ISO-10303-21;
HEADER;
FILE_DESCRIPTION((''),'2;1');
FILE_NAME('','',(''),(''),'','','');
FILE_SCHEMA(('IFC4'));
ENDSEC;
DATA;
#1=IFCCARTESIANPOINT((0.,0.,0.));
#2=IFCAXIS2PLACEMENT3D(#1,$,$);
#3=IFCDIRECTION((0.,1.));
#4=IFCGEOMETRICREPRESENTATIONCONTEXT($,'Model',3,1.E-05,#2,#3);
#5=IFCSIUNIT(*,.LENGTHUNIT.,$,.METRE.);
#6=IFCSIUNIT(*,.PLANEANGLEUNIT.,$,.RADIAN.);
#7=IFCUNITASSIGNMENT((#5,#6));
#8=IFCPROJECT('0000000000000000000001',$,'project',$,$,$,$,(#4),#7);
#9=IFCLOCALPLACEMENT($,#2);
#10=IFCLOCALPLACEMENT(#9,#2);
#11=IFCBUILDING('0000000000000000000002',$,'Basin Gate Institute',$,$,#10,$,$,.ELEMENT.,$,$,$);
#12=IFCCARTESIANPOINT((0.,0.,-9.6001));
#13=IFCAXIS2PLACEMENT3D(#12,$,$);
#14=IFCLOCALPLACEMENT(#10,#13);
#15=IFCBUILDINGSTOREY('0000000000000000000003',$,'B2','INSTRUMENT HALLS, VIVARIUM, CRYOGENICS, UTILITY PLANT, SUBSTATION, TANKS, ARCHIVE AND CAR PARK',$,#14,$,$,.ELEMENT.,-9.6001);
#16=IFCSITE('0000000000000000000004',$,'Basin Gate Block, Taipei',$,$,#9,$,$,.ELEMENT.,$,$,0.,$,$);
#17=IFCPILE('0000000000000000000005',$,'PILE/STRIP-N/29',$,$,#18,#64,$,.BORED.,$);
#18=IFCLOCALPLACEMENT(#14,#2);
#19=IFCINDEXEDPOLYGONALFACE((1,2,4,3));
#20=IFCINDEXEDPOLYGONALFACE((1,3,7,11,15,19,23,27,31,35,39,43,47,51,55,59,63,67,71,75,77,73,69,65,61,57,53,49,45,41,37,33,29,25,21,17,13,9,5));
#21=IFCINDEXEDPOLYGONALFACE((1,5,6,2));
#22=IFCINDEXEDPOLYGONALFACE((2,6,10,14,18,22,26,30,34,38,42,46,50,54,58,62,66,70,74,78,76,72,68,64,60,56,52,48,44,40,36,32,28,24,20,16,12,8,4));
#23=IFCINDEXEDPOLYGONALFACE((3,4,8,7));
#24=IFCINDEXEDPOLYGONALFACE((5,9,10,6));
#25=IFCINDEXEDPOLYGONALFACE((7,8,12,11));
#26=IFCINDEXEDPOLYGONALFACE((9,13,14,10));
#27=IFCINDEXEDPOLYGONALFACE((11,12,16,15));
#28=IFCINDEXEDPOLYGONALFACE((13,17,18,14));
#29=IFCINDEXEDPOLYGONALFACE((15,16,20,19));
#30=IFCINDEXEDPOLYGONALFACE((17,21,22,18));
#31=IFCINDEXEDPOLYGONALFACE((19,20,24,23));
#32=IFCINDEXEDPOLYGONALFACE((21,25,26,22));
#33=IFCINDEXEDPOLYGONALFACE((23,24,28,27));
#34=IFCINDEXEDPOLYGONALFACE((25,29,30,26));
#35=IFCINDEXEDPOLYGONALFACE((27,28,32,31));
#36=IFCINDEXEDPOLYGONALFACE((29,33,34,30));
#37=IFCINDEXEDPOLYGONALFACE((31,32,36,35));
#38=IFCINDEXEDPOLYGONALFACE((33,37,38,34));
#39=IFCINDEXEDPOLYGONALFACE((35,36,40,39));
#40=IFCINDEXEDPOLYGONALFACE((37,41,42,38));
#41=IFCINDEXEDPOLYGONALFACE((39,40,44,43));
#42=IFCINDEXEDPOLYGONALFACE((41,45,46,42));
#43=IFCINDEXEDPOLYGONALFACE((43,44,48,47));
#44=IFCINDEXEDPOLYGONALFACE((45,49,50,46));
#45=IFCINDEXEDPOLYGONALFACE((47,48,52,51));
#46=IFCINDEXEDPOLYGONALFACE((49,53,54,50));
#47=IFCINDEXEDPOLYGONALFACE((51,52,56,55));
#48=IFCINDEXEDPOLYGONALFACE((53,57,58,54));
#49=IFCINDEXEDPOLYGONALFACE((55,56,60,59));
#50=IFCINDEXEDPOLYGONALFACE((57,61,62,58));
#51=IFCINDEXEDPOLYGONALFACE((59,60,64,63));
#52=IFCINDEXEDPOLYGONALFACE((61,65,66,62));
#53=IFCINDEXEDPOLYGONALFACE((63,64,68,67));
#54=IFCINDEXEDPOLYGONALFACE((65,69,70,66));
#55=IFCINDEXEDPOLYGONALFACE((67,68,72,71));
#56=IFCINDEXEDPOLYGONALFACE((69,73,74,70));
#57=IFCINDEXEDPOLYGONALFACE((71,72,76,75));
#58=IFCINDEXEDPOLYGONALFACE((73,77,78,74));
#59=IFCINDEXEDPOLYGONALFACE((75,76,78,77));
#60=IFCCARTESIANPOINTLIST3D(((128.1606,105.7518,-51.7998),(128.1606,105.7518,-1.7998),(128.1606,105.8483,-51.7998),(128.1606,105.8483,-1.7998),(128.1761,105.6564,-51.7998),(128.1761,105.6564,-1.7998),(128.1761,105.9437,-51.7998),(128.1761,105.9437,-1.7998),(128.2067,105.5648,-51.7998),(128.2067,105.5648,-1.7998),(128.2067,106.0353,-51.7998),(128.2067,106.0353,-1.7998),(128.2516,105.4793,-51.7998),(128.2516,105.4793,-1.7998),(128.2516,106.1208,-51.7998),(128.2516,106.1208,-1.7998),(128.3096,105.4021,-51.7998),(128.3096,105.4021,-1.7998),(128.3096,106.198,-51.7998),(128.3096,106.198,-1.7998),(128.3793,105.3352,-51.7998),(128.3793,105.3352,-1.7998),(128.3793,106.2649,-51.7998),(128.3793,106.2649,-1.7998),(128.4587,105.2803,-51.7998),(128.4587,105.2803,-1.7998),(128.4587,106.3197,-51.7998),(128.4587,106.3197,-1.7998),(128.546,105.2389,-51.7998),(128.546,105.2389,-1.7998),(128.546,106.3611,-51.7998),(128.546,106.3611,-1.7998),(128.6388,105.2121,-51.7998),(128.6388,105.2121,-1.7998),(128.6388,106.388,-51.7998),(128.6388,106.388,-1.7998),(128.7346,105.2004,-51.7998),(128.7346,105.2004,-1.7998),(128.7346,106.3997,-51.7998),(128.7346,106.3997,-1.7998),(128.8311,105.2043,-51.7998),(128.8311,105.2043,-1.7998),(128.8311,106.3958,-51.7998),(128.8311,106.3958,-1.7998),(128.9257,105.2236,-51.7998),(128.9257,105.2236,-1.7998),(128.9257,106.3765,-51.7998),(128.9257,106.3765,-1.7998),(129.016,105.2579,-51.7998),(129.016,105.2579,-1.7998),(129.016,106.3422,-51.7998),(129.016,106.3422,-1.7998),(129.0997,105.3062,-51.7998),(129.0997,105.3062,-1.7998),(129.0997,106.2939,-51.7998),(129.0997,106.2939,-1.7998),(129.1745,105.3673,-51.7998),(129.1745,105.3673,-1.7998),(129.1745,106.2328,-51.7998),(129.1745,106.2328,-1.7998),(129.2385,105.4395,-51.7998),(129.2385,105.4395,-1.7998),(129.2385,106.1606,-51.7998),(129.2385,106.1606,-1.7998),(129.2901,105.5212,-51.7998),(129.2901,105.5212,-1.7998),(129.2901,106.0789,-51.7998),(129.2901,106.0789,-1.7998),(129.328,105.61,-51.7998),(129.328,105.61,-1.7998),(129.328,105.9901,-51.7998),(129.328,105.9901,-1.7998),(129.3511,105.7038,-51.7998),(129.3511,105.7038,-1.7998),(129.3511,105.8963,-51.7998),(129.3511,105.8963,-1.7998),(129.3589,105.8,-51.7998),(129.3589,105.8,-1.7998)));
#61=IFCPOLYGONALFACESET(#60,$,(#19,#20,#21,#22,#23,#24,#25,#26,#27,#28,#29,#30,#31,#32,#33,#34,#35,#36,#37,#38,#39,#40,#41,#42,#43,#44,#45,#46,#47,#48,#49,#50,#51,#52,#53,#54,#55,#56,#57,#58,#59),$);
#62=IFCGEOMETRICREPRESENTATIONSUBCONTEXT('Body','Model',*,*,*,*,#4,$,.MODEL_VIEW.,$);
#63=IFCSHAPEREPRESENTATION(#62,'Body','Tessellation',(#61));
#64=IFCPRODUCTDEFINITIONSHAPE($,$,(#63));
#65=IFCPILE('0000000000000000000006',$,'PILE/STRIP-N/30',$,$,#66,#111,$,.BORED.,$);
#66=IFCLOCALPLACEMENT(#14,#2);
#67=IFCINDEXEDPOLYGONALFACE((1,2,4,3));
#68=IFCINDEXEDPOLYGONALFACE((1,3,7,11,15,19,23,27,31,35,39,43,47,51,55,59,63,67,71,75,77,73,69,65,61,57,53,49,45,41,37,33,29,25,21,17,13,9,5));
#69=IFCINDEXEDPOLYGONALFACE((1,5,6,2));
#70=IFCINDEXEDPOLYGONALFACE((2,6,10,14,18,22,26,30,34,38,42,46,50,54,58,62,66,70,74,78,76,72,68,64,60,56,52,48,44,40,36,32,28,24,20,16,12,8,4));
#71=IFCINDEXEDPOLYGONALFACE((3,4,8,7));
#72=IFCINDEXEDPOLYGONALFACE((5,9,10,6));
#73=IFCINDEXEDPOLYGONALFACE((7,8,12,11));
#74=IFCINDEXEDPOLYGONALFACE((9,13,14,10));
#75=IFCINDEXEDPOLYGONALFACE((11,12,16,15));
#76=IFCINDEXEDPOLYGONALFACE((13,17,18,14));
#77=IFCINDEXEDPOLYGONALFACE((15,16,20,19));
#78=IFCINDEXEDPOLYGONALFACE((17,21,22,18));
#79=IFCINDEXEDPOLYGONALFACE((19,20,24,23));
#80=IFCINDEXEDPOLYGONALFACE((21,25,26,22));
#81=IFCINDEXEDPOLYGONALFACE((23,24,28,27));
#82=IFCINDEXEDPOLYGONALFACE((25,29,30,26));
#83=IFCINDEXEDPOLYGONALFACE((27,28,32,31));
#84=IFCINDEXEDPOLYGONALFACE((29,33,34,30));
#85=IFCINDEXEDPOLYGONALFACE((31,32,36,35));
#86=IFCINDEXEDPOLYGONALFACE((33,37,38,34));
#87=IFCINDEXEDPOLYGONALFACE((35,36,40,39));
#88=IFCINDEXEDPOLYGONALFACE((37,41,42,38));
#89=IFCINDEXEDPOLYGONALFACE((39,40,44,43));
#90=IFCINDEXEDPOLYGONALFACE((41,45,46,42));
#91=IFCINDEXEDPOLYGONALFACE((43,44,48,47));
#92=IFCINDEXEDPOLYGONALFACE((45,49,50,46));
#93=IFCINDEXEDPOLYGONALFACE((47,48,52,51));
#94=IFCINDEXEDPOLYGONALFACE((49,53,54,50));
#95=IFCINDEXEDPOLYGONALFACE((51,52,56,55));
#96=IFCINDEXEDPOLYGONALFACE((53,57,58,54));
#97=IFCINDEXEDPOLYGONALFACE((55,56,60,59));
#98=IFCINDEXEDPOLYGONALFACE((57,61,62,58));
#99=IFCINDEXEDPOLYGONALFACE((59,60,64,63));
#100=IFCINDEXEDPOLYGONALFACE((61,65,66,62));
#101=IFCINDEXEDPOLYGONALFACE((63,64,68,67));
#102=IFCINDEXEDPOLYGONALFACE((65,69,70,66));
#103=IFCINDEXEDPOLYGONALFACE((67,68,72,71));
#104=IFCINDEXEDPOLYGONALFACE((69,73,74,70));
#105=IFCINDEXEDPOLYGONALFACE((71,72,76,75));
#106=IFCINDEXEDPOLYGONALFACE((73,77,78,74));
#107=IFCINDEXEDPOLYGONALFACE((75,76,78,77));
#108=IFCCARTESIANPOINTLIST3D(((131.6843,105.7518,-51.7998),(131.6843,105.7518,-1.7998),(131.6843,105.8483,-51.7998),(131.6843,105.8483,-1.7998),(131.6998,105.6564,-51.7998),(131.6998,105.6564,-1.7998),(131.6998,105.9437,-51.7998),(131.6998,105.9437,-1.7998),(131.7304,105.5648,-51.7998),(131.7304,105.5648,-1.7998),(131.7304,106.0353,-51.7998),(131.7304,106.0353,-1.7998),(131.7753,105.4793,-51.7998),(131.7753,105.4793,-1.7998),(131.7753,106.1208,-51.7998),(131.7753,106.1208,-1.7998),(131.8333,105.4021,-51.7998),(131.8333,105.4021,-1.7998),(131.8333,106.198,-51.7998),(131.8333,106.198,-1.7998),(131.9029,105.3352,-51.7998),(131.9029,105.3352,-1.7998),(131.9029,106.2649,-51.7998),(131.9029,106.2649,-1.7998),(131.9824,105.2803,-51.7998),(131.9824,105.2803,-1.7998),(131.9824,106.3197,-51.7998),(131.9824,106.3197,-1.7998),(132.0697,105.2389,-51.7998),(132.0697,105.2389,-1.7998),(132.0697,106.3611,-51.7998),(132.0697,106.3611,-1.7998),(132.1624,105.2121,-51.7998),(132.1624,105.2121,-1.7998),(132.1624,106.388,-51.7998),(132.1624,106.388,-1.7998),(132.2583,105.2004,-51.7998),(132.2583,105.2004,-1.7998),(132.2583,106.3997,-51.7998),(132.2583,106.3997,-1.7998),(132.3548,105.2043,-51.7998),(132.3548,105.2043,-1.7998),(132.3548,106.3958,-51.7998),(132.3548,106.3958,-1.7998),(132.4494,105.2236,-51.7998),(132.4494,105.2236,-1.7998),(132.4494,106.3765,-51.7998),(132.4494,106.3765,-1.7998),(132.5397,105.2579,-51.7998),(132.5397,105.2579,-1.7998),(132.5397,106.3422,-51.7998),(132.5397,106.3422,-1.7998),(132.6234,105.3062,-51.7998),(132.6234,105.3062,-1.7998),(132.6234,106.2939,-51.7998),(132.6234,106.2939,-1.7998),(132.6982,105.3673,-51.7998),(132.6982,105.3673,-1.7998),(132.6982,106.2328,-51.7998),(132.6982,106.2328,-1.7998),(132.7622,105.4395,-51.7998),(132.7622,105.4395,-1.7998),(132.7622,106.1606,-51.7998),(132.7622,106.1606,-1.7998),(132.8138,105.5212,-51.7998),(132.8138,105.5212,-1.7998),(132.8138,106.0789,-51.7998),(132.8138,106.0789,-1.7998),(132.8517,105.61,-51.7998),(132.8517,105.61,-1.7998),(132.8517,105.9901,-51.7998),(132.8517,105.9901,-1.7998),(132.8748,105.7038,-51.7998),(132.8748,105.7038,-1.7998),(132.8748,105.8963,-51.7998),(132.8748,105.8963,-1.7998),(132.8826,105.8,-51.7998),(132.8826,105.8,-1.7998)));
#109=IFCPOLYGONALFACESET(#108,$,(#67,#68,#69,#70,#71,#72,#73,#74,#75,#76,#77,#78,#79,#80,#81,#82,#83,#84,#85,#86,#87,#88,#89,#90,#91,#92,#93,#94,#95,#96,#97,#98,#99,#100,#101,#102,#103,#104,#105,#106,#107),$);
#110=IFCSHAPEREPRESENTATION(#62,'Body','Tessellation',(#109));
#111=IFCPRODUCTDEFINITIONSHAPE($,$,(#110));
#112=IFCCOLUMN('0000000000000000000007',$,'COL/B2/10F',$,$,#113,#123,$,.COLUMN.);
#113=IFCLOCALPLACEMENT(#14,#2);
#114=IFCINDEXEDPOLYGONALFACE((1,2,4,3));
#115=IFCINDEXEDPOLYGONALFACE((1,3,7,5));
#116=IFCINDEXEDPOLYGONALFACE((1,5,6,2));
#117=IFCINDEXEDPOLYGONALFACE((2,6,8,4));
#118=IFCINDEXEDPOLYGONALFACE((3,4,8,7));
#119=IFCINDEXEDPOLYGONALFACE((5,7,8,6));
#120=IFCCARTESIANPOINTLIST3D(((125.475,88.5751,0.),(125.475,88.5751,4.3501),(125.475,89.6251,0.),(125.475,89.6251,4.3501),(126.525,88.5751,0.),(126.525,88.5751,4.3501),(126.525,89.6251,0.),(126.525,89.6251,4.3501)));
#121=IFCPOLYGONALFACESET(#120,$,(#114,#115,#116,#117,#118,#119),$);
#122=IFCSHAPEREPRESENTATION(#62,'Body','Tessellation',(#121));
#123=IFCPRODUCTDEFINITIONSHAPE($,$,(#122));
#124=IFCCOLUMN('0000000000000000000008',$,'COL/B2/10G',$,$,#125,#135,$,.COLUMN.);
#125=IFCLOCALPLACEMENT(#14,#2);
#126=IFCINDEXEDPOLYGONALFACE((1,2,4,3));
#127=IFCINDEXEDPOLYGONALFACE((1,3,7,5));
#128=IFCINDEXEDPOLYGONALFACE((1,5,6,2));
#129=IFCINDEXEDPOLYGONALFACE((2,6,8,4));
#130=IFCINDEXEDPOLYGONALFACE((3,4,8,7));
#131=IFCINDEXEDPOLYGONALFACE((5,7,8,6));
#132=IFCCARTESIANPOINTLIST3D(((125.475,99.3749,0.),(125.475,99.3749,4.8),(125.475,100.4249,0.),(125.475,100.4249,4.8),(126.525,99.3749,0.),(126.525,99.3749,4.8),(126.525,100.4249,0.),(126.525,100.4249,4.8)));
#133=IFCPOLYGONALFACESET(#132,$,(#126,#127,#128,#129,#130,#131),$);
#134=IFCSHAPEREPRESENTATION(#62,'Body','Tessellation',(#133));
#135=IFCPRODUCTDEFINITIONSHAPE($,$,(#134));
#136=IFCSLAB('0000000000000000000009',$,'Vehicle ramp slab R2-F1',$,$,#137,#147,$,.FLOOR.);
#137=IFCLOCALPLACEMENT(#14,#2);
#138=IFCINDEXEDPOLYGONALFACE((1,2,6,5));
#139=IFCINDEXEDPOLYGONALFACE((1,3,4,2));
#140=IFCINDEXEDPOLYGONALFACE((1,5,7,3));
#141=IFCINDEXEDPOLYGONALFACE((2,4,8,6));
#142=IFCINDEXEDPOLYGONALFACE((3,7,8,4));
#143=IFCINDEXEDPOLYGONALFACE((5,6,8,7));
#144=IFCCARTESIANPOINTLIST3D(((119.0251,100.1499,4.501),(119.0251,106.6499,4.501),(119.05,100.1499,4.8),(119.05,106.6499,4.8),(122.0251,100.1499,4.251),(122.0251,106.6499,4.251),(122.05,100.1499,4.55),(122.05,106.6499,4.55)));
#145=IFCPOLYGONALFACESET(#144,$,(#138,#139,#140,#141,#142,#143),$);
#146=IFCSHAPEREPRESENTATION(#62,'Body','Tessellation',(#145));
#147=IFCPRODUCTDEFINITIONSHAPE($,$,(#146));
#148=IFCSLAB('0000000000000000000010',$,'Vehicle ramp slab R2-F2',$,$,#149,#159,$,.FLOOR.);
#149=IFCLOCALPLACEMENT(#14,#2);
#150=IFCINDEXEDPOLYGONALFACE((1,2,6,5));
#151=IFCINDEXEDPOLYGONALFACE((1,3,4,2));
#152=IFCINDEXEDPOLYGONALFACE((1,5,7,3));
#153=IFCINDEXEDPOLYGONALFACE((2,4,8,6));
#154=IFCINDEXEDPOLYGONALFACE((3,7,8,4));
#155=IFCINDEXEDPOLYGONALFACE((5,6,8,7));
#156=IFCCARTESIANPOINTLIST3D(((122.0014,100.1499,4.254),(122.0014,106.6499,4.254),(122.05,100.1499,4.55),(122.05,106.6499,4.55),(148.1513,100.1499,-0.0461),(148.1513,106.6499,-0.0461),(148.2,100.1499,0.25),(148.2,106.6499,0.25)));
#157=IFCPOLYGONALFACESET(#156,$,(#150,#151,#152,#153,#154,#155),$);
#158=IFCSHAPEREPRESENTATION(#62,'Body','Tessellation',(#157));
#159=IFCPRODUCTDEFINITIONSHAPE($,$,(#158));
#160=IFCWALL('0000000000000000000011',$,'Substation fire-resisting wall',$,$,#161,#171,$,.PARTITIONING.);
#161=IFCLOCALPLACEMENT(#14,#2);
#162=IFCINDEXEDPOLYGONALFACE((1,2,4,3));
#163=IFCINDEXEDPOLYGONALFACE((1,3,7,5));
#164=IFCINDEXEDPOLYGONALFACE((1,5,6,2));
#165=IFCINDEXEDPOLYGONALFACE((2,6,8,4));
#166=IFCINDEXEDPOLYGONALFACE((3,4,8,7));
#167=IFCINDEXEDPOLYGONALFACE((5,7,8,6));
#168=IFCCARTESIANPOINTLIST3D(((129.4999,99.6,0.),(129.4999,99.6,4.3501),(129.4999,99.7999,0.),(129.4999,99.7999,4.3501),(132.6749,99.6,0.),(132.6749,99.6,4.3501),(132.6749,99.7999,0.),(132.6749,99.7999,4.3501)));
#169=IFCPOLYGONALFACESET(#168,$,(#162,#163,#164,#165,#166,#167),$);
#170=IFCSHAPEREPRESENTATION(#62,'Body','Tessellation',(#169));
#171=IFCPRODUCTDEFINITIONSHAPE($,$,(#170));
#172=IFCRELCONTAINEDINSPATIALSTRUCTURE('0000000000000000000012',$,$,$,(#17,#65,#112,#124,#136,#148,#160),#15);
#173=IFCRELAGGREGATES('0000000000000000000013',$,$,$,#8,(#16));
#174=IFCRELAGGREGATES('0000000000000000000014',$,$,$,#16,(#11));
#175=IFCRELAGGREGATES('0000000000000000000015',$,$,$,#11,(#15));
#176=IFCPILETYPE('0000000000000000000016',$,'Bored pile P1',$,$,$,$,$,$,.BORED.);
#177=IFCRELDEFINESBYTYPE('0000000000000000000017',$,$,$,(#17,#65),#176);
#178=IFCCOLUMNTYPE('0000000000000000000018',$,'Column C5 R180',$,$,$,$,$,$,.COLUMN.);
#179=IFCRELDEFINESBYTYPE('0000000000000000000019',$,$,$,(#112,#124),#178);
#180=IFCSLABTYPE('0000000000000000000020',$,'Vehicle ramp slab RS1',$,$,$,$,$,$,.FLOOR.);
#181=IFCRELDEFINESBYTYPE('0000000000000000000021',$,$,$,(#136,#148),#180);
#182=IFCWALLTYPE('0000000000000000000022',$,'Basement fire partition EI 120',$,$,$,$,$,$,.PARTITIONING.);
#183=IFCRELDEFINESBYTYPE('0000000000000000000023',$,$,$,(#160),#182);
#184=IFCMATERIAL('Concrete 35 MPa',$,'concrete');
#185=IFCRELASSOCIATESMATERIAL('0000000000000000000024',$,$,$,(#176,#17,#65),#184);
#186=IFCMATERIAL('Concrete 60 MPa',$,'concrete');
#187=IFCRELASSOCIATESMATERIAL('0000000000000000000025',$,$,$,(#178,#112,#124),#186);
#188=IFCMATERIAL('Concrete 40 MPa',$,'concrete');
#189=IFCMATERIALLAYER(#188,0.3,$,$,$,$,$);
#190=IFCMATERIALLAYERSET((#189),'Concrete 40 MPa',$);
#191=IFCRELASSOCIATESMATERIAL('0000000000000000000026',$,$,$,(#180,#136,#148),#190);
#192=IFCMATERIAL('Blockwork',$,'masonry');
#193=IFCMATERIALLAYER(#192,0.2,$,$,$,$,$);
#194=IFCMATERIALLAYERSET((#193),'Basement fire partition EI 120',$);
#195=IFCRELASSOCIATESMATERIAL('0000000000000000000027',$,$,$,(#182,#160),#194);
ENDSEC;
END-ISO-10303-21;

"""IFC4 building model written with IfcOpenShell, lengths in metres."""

from ifc_helpers import new_model, si_unit, direction, frame, frame_2d, origin, origin_2d, place, context, subcontext, project, spatial, polyline, rectangle, circle, outline, extrude, material, layer, layer_set, material_profile, profile_set, type_object, element, save


model = new_model("IFC4")

# Units and contexts
model_context = context("Model", 3, precision=1e-05, world=origin(), true_north=direction((0.0, 1.0)))
body_context = subcontext(model_context, "Body", "Model", "MODEL_VIEW")
ifc_project = project(units=[si_unit("LENGTHUNIT", "METRE"), si_unit("PLANEANGLEUNIT", "RADIAN")], contexts=[model_context])

# Site, building, storey
site_placement = place(None, origin())
site = spatial("IfcSite", under=ifc_project, at=site_placement, Name="Basin Gate Block, Taipei", CompositionType="ELEMENT", RefElevation=0.0)
building_placement = place(site_placement, origin())
building = spatial("IfcBuilding", under=site, at=building_placement, Name="Basin Gate Institute", CompositionType="ELEMENT")
storey_placement = place(building_placement, frame((0.0, 0.0, -9.6001)))
storey = spatial("IfcBuildingStorey", under=building, at=storey_placement, Name="B2", Description="INSTRUMENT HALLS, VIVARIUM, CRYOGENICS, UTILITY PLANT, SUBSTATION, TANKS, ARCHIVE AND CAR PARK", CompositionType="ELEMENT", Elevation=-9.6001)

# Piles
ifc_material_1 = material(Name="Concrete 35 MPa", Category="concrete")
ifc_material_profile_1 = material_profile(ifc_material_1, circle(Radius=0.6001, at=origin_2d()), Name="Bored pile P1 1200 dia")
ifc_profile_set_1 = profile_set([ifc_material_profile_1], Name="Concrete 35 MPa")
pile_type = type_object("IfcPileType", Name="Bored pile P1", PredefinedType="BORED", material=ifc_profile_set_1)
for number, where, z_axis, x_axis, name in (
    (1, (128.7588, 105.8, -1.7998), (0.0, 0.0, -1.0), (1.0, 0.0, 0.0), "PILE/STRIP-N/29"),
    (2, (132.2825, 105.8, -1.7998), (0.0, 0.0, -1.0), (1.0, 0.0, 0.0), "PILE/STRIP-N/30"),
):
    element("IfcPile", number, at=place(storey_placement, frame(where, z_axis=z_axis, x_axis=x_axis)), inside=storey, type_object=pile_type, material=ifc_profile_set_1, Name=name, PredefinedType="BORED", context=body_context, shape_type="SweptSolid", body=[
        extrude(circle(Radius=0.6001, at=origin_2d()), origin(), (0.0, 0.0, 1.0), 50.0),
    ])

# Columns
ifc_material_2 = material(Name="Concrete 60 MPa", Category="concrete")
ifc_material_profile_2 = material_profile(ifc_material_2, rectangle(XDim=1.05, YDim=1.05, at=origin_2d()), Name="Column C5 1050 x 1050")
ifc_profile_set_2 = profile_set([ifc_material_profile_2], Name="Concrete 60 MPa")
column_type = type_object("IfcColumnType", Name="Column C5 R180", PredefinedType="COLUMN", material=ifc_profile_set_2)
column_1_placement = place(storey_placement, frame((126.0, 89.1001, 0.0), z_axis=(0.0, 0.0, 1.0), x_axis=(1.0, 0.0, 0.0)))
element("IfcColumn", 3, at=column_1_placement, inside=storey, type_object=column_type, material=ifc_profile_set_2, Name="COL/B2/10F", PredefinedType="COLUMN", context=body_context, shape_type="SweptSolid", body=[
    extrude(rectangle(XDim=1.05, YDim=1.05, at=origin_2d()), origin(), (0.0, 0.0, 1.0), 4.3501),
])
column_2_placement = place(storey_placement, frame((126.0, 99.8999, 0.0), z_axis=(0.0, 0.0, 1.0), x_axis=(1.0, 0.0, 0.0)))
element("IfcColumn", 4, at=column_2_placement, inside=storey, type_object=column_type, material=ifc_profile_set_2, Name="COL/B2/10G", PredefinedType="COLUMN", context=body_context, shape_type="SweptSolid", body=[
    extrude(rectangle(XDim=1.05, YDim=1.05, at=origin_2d()), origin(), (0.0, 0.0, 1.0), 4.8),
])

# Slabs
ifc_material_3 = material(Name="Concrete 40 MPa", Category="concrete")
ifc_layer_1 = layer(ifc_material_3, 0.3)
ifc_layer_set_1 = layer_set([ifc_layer_1], Name="Concrete 40 MPa")
slab_type = type_object("IfcSlabType", Name="Vehicle ramp slab RS1", PredefinedType="FLOOR", material=ifc_layer_set_1)
slab_1_placement = place(storey_placement, frame((119.05, 100.1499, 4.8), z_axis=(0.083045, 0.0, 0.996546), x_axis=(0.996546, 0.0, -0.083045)))
element("IfcSlab", 5, at=slab_1_placement, inside=storey, type_object=slab_type, material=ifc_layer_set_1, Name="Vehicle ramp slab R2-F1", PredefinedType="FLOOR", context=body_context, shape_type="SweptSolid", body=[
    extrude(outline(polyline([(0.0, 0.0), (3.0104, 0.0), (3.0104, 6.5), (0.0, 6.5), (0.0, 0.0)])), origin(), (0.0, 0.0, -1.0), 0.3),
])
slab_2_placement = place(storey_placement, frame((122.05, 100.1499, 4.55), z_axis=(0.162259, 0.0, 0.986748), x_axis=(0.986748, 0.0, -0.162259)))
element("IfcSlab", 6, at=slab_2_placement, inside=storey, type_object=slab_type, material=ifc_layer_set_1, Name="Vehicle ramp slab R2-F2", PredefinedType="FLOOR", context=body_context, shape_type="SweptSolid", body=[
    extrude(outline(polyline([(0.0, 0.0), (26.5011, 0.0), (26.5011, 6.5), (0.0, 6.5), (0.0, 0.0)])), origin(), (0.0, 0.0, -1.0), 0.3),
])

# Wall
ifc_material_4 = material(Name="Blockwork", Category="masonry")
ifc_layer_2 = layer(ifc_material_4, 0.2)
ifc_layer_set_2 = layer_set([ifc_layer_2], Name="Basement fire partition EI 120")
wall_type_1 = type_object("IfcWallType", Name="Basement fire partition EI 120", PredefinedType="PARTITIONING", material=ifc_layer_set_2)
wall_1_placement = place(storey_placement, frame((129.5, 99.7, 0.0), z_axis=(0.0, 0.0, 1.0), x_axis=(1.0, 0.0, 0.0)))
element("IfcWall", 7, at=wall_1_placement, inside=storey, type_object=wall_type_1, material=ifc_layer_set_2, Name="Substation fire-resisting wall", PredefinedType="PARTITIONING", context=body_context, shape_type="SweptSolid", body=[
    extrude(rectangle(XDim=3.175, YDim=0.2, at=frame_2d((1.5874, 0.0))), origin(), (0.0, 0.0, 1.0), 4.3501),
])

save(model, "model.ifc")
